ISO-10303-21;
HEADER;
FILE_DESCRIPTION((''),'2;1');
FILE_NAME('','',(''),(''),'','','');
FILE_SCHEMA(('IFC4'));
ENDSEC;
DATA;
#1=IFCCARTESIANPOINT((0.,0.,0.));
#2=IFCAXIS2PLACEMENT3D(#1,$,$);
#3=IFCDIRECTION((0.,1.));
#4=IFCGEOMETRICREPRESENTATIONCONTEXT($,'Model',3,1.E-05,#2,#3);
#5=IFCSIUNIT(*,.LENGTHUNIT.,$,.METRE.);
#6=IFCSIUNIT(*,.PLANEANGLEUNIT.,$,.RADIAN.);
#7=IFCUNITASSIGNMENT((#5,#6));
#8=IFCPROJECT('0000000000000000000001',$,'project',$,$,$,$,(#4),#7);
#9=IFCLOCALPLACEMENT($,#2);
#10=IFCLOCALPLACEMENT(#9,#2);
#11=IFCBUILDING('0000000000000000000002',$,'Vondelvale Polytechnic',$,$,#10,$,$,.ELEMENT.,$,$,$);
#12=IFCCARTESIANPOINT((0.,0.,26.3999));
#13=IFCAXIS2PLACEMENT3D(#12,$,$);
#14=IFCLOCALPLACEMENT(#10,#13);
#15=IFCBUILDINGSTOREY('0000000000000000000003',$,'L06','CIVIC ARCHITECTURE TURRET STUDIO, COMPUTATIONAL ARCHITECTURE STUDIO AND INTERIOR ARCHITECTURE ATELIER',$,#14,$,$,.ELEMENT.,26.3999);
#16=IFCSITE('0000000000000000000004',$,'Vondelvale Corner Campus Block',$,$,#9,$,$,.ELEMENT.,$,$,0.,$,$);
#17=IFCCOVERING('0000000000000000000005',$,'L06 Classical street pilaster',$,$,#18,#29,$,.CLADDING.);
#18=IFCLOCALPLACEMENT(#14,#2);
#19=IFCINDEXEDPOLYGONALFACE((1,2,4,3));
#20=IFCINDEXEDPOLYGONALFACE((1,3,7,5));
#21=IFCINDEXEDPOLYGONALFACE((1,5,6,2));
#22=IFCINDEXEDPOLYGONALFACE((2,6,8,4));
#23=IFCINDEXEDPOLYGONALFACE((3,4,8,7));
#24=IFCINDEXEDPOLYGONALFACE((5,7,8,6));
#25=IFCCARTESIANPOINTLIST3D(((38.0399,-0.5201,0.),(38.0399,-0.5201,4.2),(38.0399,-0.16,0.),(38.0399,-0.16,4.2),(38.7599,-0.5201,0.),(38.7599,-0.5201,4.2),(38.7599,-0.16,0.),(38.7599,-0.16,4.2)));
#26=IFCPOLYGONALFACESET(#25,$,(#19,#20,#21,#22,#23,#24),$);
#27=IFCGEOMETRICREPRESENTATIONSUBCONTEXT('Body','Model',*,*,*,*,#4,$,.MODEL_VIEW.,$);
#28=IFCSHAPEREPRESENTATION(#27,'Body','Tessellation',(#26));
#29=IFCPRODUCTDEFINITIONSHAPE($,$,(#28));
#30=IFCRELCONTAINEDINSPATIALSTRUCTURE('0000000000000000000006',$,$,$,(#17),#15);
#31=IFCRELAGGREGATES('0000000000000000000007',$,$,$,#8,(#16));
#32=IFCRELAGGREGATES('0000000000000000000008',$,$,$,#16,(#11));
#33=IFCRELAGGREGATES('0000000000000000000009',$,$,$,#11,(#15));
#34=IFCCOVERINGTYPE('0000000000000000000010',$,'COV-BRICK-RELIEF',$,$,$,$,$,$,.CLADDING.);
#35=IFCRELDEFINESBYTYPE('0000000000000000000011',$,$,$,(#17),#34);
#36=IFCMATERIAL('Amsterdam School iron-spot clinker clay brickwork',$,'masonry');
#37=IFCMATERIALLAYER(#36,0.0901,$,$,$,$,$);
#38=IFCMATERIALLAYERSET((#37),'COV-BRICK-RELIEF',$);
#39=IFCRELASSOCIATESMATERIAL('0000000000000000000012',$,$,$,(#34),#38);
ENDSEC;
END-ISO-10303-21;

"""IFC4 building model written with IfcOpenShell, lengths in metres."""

from ifc_helpers import new_model, si_unit, direction, frame, origin, origin_2d, place, context, subcontext, project, spatial, rectangle, extrude, material, layer, layer_set, type_object, element, save


model = new_model("IFC4")

# Units and contexts
model_context = context("Model", 3, precision=1e-05, world=origin(), true_north=direction((0.0, 1.0)))
body_context = subcontext(model_context, "Body", "Model", "MODEL_VIEW")
ifc_project = project(units=[si_unit("LENGTHUNIT", "METRE"), si_unit("PLANEANGLEUNIT", "RADIAN")], contexts=[model_context])

# Site, building, storey
site_placement = place(None, origin())
site = spatial("IfcSite", under=ifc_project, at=site_placement, Name="Vondelvale Corner Campus Block", CompositionType="ELEMENT", RefElevation=0.0)
building_placement = place(site_placement, origin())
building = spatial("IfcBuilding", under=site, at=building_placement, Name="Vondelvale Polytechnic", CompositionType="ELEMENT")
storey_placement = place(building_placement, frame((0.0, 0.0, 26.3999)))
storey = spatial("IfcBuildingStorey", under=building, at=storey_placement, Name="L06", Description="CIVIC ARCHITECTURE TURRET STUDIO, COMPUTATIONAL ARCHITECTURE STUDIO AND INTERIOR ARCHITECTURE ATELIER", CompositionType="ELEMENT", Elevation=26.3999)

# Shared definitions
ifc_material_1 = material(Name="Amsterdam School iron-spot clinker clay brickwork", Category="masonry")

# Covering
ifc_layer_1 = layer(ifc_material_1, 0.0901)
ifc_layer_set_1 = layer_set([ifc_layer_1], Name="COV-BRICK-RELIEF")
covering_type = type_object("IfcCoveringType", Name="COV-BRICK-RELIEF", PredefinedType="CLADDING", material=ifc_layer_set_1)
for number, where, z_axis, x_axis, name in (
    (1, (38.3999, -0.3401, 0.0), (0.0, 0.0, 1.0), (1.0, 0.0, 0.0), "L06 Classical street pilaster"),
):
    element("IfcCovering", number, at=place(storey_placement, frame(where, z_axis=z_axis, x_axis=x_axis)), inside=storey, type_object=covering_type, Name=name, PredefinedType="CLADDING", context=body_context, shape_type="SweptSolid", body=[
        extrude(rectangle(XDim=0.72, YDim=0.3601, at=origin_2d()), origin(), (0.0, 0.0, 1.0), 4.2),
    ])

save(model, "model.ifc")
